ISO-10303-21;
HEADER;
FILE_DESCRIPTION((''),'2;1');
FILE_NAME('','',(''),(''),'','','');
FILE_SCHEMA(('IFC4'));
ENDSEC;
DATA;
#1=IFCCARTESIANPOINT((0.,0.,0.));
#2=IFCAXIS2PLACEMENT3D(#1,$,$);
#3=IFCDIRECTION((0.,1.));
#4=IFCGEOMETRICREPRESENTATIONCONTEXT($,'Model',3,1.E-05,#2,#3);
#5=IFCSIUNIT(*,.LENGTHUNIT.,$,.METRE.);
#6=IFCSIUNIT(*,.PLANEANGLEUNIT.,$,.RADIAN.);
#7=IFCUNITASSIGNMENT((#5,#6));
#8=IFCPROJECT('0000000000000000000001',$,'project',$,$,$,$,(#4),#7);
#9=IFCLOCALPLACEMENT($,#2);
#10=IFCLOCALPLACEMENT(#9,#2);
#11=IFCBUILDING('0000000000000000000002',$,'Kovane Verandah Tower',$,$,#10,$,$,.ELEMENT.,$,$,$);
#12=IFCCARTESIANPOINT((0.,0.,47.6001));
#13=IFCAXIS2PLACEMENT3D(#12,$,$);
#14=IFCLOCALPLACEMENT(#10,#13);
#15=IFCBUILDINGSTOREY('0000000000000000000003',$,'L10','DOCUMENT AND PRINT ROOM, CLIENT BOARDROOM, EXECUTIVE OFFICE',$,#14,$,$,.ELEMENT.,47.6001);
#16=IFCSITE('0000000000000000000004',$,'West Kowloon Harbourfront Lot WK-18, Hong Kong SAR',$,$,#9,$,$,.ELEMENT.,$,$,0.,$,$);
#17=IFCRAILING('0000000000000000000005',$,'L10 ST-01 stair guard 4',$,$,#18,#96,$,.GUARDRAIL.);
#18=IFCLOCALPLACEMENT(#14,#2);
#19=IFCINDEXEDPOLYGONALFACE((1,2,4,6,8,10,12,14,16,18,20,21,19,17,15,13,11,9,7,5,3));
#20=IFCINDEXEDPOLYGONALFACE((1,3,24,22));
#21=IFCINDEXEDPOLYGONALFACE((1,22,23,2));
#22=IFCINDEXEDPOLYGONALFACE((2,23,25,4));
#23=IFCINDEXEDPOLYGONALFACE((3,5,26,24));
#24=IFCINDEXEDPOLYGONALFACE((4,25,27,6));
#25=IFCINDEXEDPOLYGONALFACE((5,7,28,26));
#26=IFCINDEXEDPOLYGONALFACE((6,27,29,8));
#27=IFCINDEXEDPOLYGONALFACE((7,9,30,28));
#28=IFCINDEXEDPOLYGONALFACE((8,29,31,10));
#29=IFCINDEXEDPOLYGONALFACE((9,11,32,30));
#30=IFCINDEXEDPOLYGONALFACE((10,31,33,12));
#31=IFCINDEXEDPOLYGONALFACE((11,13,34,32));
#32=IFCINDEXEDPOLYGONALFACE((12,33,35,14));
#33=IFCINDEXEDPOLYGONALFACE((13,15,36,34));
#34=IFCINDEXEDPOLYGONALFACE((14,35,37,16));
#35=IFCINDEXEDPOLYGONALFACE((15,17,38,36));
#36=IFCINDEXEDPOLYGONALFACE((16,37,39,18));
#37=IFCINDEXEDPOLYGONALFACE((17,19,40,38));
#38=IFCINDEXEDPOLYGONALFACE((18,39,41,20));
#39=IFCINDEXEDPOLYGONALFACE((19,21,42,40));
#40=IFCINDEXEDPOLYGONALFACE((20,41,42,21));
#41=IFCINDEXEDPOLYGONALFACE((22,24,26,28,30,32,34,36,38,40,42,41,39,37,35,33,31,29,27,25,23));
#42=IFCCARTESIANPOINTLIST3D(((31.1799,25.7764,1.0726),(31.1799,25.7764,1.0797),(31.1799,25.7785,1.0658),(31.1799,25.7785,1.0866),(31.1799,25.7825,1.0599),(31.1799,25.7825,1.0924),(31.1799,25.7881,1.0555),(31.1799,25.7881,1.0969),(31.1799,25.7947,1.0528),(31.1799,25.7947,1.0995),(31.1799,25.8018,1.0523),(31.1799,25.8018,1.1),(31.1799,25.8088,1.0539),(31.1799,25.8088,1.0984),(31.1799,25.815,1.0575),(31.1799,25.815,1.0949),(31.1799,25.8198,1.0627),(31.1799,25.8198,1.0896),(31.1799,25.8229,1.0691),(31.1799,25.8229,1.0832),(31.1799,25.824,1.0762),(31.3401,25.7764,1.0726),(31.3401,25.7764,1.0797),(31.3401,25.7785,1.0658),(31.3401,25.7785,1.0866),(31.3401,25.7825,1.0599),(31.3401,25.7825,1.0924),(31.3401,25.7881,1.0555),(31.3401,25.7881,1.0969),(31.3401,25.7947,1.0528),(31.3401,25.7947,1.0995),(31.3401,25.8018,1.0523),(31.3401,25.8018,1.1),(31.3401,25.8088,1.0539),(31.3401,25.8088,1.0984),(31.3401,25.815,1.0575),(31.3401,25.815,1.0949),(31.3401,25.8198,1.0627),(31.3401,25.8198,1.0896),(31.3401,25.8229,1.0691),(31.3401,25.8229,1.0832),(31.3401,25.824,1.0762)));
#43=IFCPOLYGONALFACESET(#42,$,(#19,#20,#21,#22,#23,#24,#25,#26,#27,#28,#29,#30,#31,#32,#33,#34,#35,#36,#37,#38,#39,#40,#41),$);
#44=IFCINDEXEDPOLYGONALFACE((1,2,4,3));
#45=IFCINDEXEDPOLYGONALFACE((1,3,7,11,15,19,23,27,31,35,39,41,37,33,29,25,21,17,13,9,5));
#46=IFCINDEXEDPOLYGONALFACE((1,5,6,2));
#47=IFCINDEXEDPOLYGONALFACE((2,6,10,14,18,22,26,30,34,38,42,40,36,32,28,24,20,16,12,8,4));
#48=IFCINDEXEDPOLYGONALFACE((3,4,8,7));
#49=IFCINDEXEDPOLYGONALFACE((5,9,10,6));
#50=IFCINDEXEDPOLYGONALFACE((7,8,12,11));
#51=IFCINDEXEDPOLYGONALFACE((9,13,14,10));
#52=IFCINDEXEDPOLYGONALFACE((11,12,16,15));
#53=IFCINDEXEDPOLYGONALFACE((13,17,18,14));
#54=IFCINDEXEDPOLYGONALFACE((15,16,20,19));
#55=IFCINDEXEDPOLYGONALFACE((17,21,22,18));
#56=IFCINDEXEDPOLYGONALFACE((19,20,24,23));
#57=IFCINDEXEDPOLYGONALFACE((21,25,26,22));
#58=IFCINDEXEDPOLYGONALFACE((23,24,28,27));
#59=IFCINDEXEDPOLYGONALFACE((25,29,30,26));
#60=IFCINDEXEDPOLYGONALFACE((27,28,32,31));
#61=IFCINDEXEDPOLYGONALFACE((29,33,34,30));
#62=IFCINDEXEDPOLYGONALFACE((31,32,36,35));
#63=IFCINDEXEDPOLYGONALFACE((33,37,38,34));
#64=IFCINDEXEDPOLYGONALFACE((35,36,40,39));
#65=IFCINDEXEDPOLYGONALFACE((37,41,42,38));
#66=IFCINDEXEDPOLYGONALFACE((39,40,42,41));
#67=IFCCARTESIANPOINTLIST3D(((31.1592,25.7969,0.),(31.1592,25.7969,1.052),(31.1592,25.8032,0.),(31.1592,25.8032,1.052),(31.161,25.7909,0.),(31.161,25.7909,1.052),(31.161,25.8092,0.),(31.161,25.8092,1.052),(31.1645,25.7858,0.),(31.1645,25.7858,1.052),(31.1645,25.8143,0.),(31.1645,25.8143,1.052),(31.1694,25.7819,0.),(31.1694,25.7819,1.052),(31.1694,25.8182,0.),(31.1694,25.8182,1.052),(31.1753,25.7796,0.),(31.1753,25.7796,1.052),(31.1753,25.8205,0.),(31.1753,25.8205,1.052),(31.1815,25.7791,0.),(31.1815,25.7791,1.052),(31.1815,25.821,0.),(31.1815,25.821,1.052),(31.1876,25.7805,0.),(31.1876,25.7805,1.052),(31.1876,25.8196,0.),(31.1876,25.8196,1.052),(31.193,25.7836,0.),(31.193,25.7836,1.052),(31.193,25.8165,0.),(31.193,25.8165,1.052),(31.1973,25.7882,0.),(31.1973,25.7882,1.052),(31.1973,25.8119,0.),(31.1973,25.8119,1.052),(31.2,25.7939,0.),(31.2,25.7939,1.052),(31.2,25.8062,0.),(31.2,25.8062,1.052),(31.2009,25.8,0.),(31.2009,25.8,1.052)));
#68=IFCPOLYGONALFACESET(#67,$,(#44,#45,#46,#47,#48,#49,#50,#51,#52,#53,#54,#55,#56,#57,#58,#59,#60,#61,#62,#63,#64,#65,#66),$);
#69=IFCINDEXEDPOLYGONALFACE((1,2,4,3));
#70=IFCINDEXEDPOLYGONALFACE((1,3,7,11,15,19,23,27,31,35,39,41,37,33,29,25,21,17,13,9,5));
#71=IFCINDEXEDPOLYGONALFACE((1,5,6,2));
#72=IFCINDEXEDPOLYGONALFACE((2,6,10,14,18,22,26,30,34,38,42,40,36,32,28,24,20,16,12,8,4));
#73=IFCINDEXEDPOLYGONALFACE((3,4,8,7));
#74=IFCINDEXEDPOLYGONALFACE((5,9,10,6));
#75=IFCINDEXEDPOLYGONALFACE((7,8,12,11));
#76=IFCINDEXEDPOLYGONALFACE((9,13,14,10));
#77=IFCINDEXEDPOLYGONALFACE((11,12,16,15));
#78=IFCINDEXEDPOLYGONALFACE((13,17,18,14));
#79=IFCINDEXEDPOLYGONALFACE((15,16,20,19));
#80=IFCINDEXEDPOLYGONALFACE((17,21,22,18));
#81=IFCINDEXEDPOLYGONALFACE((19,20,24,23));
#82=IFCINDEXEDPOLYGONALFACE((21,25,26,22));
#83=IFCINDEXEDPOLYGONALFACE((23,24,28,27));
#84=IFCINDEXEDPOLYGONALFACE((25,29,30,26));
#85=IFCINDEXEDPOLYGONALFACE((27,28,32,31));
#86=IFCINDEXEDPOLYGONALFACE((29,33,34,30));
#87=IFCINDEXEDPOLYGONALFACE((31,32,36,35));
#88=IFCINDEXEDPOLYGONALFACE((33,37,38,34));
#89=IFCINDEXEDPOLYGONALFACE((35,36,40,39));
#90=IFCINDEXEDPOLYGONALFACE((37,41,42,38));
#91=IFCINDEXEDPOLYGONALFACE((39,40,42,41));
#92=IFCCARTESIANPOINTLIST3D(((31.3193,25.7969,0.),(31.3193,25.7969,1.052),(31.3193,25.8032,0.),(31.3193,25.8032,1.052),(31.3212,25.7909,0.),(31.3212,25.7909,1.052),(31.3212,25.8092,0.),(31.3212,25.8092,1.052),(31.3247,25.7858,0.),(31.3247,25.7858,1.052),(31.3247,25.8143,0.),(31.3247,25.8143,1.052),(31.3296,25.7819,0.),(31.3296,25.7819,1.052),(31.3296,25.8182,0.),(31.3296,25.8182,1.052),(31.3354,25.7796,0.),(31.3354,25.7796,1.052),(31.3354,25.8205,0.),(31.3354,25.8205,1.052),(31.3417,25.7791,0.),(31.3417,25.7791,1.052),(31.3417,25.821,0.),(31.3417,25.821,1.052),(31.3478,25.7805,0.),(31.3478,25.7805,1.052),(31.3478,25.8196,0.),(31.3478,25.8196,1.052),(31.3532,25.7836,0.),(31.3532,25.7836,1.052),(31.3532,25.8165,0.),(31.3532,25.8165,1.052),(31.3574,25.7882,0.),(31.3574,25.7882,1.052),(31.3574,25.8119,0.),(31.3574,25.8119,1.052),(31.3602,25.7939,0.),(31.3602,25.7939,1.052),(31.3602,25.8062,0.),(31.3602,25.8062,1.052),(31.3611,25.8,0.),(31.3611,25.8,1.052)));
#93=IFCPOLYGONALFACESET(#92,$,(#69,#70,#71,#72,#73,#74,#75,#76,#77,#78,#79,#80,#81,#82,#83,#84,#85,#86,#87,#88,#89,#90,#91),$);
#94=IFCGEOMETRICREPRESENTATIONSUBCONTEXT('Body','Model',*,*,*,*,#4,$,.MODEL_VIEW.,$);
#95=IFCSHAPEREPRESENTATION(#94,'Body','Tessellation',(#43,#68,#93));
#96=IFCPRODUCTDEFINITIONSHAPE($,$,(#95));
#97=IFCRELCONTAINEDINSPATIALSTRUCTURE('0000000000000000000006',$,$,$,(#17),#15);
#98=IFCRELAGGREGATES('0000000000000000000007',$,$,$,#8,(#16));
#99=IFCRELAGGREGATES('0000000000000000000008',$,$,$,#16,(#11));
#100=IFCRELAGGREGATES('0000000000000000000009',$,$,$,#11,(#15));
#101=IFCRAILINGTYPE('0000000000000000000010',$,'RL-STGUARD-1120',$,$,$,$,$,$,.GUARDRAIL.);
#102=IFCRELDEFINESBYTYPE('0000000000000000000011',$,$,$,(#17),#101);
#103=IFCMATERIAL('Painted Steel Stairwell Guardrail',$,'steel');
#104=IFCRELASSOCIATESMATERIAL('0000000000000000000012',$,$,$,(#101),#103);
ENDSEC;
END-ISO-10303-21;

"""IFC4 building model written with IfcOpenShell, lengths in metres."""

from ifc_helpers import new_model, si_unit, direction, frame, origin, origin_2d, place, context, subcontext, project, spatial, circle, extrude, material, type_object, element, save


model = new_model("IFC4")

# Units and contexts
model_context = context("Model", 3, precision=1e-05, world=origin(), true_north=direction((0.0, 1.0)))
body_context = subcontext(model_context, "Body", "Model", "MODEL_VIEW")
ifc_project = project(units=[si_unit("LENGTHUNIT", "METRE"), si_unit("PLANEANGLEUNIT", "RADIAN")], contexts=[model_context])

# Site, building, storey
site_placement = place(None, origin())
site = spatial("IfcSite", under=ifc_project, at=site_placement, Name="West Kowloon Harbourfront Lot WK-18, Hong Kong SAR", CompositionType="ELEMENT", RefElevation=0.0)
building_placement = place(site_placement, origin())
building = spatial("IfcBuilding", under=site, at=building_placement, Name="Kovane Verandah Tower", CompositionType="ELEMENT")
storey_placement = place(building_placement, frame((0.0, 0.0, 47.6001)))
storey = spatial("IfcBuildingStorey", under=building, at=storey_placement, Name="L10", Description="DOCUMENT AND PRINT ROOM, CLIENT BOARDROOM, EXECUTIVE OFFICE", CompositionType="ELEMENT", Elevation=47.6001)

# Railing
ifc_material_1 = material(Name="Painted Steel Stairwell Guardrail", Category="steel")
railing_type_1 = type_object("IfcRailingType", Name="RL-STGUARD-1120", PredefinedType="GUARDRAIL", material=ifc_material_1)
railing_1_placement = place(storey_placement, frame((31.1799, 25.8, 0.0)))
element("IfcRailing", 1, at=railing_1_placement, inside=storey, type_object=railing_type_1, Name="L10 ST-01 stair guard 4", PredefinedType="GUARDRAIL", context=body_context, shape_type="SweptSolid", body=[
    extrude(circle(Radius=0.0239, at=origin_2d()), frame((0.0, 0.0, 1.0762), z_axis=(1.0, 0.0, 0.0), x_axis=(0.0, 1.0, 0.0)), (0.0, 0.0, 1.0), 0.1602),
    extrude(circle(Radius=0.021, at=origin_2d()), origin(), (0.0, 0.0, 1.0), 1.052),
    extrude(circle(Radius=0.021, at=origin_2d()), frame((0.1602, 0.0, 0.0)), (0.0, 0.0, 1.0), 1.052),
])

save(model, "model.ifc")
